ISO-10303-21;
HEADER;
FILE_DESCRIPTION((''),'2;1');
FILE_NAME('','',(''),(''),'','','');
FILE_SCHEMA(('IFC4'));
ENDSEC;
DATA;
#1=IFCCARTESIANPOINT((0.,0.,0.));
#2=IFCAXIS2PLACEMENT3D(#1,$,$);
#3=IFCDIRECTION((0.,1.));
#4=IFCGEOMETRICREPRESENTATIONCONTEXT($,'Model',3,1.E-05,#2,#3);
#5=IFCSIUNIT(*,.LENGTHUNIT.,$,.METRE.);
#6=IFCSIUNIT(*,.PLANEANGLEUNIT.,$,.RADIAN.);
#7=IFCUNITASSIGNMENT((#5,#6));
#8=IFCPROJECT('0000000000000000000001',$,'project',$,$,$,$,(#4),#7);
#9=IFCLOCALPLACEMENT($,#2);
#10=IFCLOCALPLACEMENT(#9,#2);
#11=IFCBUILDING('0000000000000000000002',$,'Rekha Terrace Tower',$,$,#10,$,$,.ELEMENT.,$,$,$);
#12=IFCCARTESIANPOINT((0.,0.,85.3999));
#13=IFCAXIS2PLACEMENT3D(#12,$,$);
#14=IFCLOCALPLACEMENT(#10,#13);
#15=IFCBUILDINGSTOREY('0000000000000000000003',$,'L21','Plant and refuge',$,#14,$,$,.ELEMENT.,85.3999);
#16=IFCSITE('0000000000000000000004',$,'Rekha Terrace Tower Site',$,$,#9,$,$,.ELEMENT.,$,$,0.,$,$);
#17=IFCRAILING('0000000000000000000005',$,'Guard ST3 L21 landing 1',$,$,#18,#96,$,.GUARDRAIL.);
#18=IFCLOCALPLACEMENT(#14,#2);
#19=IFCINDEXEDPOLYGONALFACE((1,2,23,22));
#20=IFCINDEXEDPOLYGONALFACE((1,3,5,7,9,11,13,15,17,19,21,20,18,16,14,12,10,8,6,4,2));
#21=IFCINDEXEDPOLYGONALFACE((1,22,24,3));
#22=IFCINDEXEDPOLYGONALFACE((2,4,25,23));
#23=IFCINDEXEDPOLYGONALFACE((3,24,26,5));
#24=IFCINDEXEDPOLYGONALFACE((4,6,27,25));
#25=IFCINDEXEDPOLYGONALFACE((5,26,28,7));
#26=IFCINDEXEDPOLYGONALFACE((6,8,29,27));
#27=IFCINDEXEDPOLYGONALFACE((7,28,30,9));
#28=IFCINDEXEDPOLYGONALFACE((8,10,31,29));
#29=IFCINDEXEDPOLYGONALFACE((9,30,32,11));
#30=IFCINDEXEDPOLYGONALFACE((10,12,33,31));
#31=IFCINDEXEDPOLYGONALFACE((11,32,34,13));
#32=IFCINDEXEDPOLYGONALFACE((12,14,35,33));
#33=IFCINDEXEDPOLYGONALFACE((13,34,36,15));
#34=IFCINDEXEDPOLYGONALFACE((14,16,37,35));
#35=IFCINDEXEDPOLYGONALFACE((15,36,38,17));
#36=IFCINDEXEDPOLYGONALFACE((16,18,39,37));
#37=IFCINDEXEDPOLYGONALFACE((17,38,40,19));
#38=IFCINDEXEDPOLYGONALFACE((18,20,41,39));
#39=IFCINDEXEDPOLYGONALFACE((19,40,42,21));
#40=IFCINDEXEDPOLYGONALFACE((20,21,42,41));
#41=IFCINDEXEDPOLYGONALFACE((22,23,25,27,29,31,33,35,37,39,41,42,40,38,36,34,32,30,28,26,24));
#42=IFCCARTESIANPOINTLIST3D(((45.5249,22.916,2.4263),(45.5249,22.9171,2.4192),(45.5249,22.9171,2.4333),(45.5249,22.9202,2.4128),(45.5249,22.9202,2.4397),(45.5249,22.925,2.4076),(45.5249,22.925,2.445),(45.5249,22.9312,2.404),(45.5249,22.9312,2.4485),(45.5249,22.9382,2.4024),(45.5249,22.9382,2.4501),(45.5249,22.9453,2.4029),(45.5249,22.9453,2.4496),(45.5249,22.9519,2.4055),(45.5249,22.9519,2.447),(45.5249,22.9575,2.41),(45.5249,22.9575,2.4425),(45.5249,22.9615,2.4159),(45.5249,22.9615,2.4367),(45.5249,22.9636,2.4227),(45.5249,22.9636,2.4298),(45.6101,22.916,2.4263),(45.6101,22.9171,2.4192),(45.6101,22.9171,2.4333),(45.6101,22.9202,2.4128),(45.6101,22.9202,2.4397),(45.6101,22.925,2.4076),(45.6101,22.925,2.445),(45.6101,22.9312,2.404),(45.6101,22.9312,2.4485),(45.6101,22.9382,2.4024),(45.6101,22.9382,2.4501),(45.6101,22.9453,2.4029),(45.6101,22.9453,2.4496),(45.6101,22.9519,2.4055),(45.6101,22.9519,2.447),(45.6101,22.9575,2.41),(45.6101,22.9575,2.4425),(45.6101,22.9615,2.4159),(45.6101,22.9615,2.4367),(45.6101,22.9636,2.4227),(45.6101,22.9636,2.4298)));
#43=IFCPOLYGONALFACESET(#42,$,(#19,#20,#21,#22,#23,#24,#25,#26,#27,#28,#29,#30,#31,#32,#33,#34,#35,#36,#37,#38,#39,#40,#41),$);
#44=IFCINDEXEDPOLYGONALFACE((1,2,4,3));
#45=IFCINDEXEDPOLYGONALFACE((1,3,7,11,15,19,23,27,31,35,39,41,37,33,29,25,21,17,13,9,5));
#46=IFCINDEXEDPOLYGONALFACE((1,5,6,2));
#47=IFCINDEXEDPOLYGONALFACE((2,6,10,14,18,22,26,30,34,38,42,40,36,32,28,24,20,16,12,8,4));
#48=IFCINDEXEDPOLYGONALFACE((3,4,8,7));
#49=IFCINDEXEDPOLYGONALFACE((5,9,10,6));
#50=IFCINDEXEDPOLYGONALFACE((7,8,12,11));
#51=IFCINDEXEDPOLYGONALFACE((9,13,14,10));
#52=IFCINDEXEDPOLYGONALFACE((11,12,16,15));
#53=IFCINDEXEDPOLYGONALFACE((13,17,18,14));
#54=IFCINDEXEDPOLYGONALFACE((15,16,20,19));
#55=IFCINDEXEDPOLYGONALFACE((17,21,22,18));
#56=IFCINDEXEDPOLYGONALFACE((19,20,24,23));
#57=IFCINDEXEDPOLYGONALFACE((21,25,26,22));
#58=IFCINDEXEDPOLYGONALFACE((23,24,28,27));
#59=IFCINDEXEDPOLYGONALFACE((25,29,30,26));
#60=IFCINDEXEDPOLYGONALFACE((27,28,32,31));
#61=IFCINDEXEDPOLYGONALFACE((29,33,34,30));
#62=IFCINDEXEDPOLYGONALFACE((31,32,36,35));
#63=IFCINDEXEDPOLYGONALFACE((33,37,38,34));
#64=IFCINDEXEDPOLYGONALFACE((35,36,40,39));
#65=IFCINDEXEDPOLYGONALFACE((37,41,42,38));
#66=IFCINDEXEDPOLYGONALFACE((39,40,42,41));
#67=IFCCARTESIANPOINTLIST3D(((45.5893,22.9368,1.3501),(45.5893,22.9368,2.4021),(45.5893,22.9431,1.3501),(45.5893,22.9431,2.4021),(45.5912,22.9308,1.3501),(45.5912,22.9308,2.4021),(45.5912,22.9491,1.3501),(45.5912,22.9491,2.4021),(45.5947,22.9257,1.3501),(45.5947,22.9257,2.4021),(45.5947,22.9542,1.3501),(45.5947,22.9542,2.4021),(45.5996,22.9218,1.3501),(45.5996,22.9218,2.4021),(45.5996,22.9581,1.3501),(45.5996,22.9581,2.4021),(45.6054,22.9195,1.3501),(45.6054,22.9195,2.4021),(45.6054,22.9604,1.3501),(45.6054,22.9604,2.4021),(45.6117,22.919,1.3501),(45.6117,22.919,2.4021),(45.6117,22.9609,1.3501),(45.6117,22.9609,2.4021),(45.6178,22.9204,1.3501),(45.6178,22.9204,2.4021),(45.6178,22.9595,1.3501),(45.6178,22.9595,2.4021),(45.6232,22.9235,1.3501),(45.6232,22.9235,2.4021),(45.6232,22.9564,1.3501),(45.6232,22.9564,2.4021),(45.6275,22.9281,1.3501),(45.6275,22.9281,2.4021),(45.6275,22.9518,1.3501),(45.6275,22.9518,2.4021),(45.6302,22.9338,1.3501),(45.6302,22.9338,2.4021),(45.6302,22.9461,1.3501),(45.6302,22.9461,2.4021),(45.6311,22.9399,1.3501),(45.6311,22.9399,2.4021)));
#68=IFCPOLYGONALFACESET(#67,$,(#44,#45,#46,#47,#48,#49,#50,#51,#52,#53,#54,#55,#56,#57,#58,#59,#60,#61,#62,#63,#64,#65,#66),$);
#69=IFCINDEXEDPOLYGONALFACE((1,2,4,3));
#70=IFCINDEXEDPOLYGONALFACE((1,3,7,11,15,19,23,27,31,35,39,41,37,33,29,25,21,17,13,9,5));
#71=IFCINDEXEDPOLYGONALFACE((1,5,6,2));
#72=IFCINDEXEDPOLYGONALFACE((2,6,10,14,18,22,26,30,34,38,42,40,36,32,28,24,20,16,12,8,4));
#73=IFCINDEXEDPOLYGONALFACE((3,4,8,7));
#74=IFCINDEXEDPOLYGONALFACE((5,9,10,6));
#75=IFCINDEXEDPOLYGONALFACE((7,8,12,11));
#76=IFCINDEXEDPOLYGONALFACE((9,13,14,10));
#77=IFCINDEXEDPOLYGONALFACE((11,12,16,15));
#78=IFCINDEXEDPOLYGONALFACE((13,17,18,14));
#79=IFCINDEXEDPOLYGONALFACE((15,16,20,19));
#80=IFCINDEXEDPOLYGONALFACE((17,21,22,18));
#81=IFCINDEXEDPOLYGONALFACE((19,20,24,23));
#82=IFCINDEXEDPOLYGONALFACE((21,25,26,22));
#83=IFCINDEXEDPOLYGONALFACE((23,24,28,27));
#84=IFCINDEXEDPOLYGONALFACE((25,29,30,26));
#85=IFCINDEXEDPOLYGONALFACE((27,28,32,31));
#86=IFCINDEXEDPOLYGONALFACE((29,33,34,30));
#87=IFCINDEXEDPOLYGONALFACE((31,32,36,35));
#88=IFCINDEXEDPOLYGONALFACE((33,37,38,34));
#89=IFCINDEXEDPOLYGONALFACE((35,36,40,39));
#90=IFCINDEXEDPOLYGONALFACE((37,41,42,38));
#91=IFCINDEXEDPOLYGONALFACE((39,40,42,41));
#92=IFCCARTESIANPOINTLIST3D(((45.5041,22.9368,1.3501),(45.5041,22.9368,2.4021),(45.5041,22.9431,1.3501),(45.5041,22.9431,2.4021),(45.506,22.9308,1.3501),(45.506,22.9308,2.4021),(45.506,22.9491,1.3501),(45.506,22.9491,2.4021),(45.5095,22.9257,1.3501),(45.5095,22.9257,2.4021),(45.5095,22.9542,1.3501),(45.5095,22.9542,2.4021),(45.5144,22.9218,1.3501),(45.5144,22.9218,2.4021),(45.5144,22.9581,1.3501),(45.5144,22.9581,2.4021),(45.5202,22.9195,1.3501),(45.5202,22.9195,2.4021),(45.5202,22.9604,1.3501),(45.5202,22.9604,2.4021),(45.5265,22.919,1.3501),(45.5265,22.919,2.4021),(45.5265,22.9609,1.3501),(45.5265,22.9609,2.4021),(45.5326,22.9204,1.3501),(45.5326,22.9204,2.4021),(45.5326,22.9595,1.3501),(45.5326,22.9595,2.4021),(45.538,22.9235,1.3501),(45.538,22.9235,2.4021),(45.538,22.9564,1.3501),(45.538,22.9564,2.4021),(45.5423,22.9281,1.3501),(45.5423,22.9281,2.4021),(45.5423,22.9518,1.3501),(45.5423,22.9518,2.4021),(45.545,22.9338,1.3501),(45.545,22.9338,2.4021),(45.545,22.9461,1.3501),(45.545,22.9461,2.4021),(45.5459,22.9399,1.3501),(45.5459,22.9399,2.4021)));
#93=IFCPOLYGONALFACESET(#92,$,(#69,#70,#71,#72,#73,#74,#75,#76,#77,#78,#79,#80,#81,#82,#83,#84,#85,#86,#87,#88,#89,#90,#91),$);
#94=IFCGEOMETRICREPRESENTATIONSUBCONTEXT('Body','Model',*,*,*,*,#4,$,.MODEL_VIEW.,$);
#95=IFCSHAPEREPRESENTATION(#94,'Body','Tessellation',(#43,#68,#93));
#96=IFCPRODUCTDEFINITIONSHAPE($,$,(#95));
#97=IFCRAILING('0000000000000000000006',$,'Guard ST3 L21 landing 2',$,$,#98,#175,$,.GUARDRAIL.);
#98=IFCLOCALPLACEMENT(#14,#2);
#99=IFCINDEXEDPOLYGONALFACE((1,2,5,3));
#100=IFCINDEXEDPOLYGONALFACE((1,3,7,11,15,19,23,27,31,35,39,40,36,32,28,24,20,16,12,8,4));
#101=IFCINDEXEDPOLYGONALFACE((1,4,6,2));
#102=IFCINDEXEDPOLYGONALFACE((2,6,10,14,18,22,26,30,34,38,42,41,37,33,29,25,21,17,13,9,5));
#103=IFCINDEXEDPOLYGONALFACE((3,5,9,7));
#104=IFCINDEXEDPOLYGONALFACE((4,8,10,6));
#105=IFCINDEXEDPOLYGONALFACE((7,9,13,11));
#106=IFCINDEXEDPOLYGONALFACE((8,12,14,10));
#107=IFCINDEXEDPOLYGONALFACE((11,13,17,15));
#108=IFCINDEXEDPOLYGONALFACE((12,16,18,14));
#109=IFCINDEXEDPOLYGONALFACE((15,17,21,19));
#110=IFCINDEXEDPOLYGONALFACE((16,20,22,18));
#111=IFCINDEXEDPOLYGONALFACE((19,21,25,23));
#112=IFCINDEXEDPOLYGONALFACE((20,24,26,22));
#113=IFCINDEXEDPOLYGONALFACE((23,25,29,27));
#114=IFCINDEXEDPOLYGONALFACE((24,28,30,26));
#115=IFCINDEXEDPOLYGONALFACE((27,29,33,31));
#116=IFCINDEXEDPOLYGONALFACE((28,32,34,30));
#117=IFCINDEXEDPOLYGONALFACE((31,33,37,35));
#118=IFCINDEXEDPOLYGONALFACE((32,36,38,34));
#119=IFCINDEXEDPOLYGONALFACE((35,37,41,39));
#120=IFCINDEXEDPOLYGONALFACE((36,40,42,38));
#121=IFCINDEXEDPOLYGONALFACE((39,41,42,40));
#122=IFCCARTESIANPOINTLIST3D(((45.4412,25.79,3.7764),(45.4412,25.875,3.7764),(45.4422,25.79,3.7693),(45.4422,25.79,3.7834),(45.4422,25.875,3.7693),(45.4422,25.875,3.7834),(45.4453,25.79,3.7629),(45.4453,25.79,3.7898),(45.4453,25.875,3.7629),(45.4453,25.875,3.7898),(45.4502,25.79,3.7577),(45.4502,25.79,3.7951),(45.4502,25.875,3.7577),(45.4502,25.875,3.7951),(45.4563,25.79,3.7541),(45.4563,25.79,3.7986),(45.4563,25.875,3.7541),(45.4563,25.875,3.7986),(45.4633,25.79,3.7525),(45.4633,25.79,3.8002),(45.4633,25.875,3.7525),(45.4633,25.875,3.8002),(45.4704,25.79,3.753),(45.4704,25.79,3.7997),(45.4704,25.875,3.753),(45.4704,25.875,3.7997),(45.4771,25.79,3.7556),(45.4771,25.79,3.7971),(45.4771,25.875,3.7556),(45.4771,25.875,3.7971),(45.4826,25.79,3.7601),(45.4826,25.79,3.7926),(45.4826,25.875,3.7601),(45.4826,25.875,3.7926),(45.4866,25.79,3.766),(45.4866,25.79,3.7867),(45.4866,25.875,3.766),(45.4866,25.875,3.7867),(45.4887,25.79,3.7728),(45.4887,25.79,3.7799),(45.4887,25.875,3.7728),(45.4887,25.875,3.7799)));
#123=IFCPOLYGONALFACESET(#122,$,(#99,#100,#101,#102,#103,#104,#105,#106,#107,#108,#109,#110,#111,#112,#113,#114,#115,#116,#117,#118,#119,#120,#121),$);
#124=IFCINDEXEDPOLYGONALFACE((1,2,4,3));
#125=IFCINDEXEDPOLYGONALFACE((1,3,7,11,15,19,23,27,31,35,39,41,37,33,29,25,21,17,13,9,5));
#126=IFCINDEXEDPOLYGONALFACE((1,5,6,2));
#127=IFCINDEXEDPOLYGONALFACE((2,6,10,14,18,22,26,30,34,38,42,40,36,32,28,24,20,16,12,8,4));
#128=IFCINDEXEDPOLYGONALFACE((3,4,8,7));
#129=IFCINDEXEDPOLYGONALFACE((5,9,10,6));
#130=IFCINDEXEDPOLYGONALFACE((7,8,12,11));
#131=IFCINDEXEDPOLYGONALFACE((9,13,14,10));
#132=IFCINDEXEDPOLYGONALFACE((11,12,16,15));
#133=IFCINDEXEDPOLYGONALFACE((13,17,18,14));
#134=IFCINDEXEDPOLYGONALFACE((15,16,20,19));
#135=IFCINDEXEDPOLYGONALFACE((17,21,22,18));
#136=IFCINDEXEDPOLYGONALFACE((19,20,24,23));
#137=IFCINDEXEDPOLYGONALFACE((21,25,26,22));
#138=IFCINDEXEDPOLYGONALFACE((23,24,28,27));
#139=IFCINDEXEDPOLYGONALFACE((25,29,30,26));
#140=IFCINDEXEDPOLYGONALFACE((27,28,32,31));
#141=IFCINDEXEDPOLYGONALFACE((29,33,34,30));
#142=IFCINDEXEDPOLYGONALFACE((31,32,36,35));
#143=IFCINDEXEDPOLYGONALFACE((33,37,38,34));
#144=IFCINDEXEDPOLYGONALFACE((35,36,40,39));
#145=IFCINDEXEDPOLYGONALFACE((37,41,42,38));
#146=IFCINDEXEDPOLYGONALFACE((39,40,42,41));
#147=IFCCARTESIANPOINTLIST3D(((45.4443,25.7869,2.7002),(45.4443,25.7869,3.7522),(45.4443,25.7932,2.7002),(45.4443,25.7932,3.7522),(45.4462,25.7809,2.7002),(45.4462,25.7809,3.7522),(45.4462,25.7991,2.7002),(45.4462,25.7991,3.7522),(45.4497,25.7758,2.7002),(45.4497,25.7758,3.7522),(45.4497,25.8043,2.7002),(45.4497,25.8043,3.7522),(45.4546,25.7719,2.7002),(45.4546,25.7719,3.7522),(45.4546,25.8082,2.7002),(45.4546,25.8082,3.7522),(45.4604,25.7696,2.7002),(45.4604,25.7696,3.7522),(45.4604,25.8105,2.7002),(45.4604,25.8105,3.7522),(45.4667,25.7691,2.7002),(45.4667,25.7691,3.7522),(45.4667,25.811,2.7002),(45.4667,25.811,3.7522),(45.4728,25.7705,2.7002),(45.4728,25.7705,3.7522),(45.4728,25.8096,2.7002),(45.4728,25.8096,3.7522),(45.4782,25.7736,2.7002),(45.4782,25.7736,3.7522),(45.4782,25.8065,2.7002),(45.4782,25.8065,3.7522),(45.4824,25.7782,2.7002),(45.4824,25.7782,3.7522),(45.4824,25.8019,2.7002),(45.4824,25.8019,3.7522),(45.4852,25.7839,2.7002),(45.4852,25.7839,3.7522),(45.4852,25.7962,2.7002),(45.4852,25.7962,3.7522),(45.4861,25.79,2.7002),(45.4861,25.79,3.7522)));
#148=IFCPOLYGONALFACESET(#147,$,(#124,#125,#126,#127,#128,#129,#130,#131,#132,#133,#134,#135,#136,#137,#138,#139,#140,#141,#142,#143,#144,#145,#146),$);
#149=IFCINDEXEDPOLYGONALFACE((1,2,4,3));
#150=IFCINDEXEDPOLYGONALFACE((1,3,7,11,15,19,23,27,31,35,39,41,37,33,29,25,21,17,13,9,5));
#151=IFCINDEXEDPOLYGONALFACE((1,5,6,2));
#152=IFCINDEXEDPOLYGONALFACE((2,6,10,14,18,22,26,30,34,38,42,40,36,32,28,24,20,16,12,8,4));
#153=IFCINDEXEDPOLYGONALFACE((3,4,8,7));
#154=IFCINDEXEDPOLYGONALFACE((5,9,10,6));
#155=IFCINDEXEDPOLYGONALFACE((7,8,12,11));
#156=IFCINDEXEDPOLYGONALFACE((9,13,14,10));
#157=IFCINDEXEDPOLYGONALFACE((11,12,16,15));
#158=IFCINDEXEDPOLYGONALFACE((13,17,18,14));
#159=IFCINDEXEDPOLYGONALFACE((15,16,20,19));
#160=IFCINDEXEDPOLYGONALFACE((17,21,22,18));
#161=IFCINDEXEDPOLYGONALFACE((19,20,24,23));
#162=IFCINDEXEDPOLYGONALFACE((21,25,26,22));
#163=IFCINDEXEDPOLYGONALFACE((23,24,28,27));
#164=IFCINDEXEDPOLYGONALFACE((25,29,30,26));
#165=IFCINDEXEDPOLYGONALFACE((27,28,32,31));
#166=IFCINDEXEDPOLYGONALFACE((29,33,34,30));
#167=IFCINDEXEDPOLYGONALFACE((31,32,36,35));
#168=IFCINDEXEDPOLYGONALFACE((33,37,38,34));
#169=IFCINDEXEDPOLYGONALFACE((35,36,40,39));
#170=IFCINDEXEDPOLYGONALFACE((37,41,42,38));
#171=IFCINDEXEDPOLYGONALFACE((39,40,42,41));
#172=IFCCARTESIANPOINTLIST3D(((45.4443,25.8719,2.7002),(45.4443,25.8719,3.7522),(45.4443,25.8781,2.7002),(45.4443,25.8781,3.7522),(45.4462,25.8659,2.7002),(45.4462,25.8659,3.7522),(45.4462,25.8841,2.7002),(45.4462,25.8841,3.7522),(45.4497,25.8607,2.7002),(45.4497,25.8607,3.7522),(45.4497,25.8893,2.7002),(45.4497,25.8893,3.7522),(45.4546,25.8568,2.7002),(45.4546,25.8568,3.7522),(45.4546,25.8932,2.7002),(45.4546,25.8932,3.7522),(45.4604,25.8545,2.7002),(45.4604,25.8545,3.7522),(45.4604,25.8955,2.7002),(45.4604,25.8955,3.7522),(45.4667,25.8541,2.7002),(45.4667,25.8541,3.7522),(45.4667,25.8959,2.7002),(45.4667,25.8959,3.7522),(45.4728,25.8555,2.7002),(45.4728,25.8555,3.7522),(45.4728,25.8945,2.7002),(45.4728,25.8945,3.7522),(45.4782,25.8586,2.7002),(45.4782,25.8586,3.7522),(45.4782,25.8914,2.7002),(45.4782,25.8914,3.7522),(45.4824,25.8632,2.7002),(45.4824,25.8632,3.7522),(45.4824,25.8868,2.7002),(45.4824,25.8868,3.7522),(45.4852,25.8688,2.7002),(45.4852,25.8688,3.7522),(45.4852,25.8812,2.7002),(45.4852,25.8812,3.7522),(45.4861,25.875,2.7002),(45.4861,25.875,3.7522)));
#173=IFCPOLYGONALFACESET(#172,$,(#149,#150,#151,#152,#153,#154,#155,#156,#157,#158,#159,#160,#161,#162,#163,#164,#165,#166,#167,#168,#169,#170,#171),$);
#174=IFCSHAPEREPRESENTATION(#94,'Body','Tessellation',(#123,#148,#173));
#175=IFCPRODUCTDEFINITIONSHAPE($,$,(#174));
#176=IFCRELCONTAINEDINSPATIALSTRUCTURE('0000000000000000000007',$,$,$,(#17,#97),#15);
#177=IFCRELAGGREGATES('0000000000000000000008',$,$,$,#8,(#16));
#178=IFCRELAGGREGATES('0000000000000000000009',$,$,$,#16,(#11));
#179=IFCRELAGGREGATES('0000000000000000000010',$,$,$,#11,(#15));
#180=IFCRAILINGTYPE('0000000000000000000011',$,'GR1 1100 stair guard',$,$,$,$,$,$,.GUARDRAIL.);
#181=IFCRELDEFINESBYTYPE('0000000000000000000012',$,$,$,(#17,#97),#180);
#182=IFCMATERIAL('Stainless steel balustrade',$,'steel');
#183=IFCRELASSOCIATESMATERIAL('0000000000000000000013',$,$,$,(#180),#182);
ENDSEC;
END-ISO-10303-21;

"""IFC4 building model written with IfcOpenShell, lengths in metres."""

from ifc_helpers import new_model, si_unit, direction, frame, origin, origin_2d, place, context, subcontext, project, spatial, circle, extrude, material, type_object, element, save


model = new_model("IFC4")

# Units and contexts
model_context = context("Model", 3, precision=1e-05, world=origin(), true_north=direction((0.0, 1.0)))
body_context = subcontext(model_context, "Body", "Model", "MODEL_VIEW")
ifc_project = project(units=[si_unit("LENGTHUNIT", "METRE"), si_unit("PLANEANGLEUNIT", "RADIAN")], contexts=[model_context])

# Site, building, storey
site_placement = place(None, origin())
site = spatial("IfcSite", under=ifc_project, at=site_placement, Name="Rekha Terrace Tower Site", CompositionType="ELEMENT", RefElevation=0.0)
building_placement = place(site_placement, origin())
building = spatial("IfcBuilding", under=site, at=building_placement, Name="Rekha Terrace Tower", CompositionType="ELEMENT")
storey_placement = place(building_placement, frame((0.0, 0.0, 85.3999)))
storey = spatial("IfcBuildingStorey", under=building, at=storey_placement, Name="L21", Description="Plant and refuge", CompositionType="ELEMENT", Elevation=85.3999)

# Railings
ifc_material_1 = material(Name="Stainless steel balustrade", Category="steel")
railing_type_1 = type_object("IfcRailingType", Name="GR1 1100 stair guard", PredefinedType="GUARDRAIL", material=ifc_material_1)
railing_1_placement = place(storey_placement, frame((45.6101, 22.9399, 1.3501)))
element("IfcRailing", 1, at=railing_1_placement, inside=storey, type_object=railing_type_1, Name="Guard ST3 L21 landing 1", PredefinedType="GUARDRAIL", context=body_context, shape_type="SweptSolid", body=[
    extrude(circle(Radius=0.0239, at=origin_2d()), frame((0.0, 0.0, 1.0762), z_axis=(-1.0, 0.0, 0.0), x_axis=(0.0, -1.0, 0.0)), (0.0, 0.0, 1.0), 0.0852),
    extrude(circle(Radius=0.021, at=origin_2d()), origin(), (0.0, 0.0, 1.0), 1.052),
    extrude(circle(Radius=0.021, at=origin_2d()), frame((-0.0852, 0.0, 0.0)), (0.0, 0.0, 1.0), 1.052),
])
railing_2_placement = place(storey_placement, frame((45.4651, 25.79, 2.7002)))
element("IfcRailing", 2, at=railing_2_placement, inside=storey, type_object=railing_type_1, Name="Guard ST3 L21 landing 2", PredefinedType="GUARDRAIL", context=body_context, shape_type="SweptSolid", body=[
    extrude(circle(Radius=0.0239, at=origin_2d()), frame((0.0, 0.0, 1.0762), z_axis=(0.0, 1.0, 0.0), x_axis=(-1.0, 0.0, 0.0)), (0.0, 0.0, 1.0), 0.085),
    extrude(circle(Radius=0.021, at=origin_2d()), origin(), (0.0, 0.0, 1.0), 1.052),
    extrude(circle(Radius=0.021, at=origin_2d()), frame((0.0, 0.085, 0.0)), (0.0, 0.0, 1.0), 1.052),
])

save(model, "model.ifc")
